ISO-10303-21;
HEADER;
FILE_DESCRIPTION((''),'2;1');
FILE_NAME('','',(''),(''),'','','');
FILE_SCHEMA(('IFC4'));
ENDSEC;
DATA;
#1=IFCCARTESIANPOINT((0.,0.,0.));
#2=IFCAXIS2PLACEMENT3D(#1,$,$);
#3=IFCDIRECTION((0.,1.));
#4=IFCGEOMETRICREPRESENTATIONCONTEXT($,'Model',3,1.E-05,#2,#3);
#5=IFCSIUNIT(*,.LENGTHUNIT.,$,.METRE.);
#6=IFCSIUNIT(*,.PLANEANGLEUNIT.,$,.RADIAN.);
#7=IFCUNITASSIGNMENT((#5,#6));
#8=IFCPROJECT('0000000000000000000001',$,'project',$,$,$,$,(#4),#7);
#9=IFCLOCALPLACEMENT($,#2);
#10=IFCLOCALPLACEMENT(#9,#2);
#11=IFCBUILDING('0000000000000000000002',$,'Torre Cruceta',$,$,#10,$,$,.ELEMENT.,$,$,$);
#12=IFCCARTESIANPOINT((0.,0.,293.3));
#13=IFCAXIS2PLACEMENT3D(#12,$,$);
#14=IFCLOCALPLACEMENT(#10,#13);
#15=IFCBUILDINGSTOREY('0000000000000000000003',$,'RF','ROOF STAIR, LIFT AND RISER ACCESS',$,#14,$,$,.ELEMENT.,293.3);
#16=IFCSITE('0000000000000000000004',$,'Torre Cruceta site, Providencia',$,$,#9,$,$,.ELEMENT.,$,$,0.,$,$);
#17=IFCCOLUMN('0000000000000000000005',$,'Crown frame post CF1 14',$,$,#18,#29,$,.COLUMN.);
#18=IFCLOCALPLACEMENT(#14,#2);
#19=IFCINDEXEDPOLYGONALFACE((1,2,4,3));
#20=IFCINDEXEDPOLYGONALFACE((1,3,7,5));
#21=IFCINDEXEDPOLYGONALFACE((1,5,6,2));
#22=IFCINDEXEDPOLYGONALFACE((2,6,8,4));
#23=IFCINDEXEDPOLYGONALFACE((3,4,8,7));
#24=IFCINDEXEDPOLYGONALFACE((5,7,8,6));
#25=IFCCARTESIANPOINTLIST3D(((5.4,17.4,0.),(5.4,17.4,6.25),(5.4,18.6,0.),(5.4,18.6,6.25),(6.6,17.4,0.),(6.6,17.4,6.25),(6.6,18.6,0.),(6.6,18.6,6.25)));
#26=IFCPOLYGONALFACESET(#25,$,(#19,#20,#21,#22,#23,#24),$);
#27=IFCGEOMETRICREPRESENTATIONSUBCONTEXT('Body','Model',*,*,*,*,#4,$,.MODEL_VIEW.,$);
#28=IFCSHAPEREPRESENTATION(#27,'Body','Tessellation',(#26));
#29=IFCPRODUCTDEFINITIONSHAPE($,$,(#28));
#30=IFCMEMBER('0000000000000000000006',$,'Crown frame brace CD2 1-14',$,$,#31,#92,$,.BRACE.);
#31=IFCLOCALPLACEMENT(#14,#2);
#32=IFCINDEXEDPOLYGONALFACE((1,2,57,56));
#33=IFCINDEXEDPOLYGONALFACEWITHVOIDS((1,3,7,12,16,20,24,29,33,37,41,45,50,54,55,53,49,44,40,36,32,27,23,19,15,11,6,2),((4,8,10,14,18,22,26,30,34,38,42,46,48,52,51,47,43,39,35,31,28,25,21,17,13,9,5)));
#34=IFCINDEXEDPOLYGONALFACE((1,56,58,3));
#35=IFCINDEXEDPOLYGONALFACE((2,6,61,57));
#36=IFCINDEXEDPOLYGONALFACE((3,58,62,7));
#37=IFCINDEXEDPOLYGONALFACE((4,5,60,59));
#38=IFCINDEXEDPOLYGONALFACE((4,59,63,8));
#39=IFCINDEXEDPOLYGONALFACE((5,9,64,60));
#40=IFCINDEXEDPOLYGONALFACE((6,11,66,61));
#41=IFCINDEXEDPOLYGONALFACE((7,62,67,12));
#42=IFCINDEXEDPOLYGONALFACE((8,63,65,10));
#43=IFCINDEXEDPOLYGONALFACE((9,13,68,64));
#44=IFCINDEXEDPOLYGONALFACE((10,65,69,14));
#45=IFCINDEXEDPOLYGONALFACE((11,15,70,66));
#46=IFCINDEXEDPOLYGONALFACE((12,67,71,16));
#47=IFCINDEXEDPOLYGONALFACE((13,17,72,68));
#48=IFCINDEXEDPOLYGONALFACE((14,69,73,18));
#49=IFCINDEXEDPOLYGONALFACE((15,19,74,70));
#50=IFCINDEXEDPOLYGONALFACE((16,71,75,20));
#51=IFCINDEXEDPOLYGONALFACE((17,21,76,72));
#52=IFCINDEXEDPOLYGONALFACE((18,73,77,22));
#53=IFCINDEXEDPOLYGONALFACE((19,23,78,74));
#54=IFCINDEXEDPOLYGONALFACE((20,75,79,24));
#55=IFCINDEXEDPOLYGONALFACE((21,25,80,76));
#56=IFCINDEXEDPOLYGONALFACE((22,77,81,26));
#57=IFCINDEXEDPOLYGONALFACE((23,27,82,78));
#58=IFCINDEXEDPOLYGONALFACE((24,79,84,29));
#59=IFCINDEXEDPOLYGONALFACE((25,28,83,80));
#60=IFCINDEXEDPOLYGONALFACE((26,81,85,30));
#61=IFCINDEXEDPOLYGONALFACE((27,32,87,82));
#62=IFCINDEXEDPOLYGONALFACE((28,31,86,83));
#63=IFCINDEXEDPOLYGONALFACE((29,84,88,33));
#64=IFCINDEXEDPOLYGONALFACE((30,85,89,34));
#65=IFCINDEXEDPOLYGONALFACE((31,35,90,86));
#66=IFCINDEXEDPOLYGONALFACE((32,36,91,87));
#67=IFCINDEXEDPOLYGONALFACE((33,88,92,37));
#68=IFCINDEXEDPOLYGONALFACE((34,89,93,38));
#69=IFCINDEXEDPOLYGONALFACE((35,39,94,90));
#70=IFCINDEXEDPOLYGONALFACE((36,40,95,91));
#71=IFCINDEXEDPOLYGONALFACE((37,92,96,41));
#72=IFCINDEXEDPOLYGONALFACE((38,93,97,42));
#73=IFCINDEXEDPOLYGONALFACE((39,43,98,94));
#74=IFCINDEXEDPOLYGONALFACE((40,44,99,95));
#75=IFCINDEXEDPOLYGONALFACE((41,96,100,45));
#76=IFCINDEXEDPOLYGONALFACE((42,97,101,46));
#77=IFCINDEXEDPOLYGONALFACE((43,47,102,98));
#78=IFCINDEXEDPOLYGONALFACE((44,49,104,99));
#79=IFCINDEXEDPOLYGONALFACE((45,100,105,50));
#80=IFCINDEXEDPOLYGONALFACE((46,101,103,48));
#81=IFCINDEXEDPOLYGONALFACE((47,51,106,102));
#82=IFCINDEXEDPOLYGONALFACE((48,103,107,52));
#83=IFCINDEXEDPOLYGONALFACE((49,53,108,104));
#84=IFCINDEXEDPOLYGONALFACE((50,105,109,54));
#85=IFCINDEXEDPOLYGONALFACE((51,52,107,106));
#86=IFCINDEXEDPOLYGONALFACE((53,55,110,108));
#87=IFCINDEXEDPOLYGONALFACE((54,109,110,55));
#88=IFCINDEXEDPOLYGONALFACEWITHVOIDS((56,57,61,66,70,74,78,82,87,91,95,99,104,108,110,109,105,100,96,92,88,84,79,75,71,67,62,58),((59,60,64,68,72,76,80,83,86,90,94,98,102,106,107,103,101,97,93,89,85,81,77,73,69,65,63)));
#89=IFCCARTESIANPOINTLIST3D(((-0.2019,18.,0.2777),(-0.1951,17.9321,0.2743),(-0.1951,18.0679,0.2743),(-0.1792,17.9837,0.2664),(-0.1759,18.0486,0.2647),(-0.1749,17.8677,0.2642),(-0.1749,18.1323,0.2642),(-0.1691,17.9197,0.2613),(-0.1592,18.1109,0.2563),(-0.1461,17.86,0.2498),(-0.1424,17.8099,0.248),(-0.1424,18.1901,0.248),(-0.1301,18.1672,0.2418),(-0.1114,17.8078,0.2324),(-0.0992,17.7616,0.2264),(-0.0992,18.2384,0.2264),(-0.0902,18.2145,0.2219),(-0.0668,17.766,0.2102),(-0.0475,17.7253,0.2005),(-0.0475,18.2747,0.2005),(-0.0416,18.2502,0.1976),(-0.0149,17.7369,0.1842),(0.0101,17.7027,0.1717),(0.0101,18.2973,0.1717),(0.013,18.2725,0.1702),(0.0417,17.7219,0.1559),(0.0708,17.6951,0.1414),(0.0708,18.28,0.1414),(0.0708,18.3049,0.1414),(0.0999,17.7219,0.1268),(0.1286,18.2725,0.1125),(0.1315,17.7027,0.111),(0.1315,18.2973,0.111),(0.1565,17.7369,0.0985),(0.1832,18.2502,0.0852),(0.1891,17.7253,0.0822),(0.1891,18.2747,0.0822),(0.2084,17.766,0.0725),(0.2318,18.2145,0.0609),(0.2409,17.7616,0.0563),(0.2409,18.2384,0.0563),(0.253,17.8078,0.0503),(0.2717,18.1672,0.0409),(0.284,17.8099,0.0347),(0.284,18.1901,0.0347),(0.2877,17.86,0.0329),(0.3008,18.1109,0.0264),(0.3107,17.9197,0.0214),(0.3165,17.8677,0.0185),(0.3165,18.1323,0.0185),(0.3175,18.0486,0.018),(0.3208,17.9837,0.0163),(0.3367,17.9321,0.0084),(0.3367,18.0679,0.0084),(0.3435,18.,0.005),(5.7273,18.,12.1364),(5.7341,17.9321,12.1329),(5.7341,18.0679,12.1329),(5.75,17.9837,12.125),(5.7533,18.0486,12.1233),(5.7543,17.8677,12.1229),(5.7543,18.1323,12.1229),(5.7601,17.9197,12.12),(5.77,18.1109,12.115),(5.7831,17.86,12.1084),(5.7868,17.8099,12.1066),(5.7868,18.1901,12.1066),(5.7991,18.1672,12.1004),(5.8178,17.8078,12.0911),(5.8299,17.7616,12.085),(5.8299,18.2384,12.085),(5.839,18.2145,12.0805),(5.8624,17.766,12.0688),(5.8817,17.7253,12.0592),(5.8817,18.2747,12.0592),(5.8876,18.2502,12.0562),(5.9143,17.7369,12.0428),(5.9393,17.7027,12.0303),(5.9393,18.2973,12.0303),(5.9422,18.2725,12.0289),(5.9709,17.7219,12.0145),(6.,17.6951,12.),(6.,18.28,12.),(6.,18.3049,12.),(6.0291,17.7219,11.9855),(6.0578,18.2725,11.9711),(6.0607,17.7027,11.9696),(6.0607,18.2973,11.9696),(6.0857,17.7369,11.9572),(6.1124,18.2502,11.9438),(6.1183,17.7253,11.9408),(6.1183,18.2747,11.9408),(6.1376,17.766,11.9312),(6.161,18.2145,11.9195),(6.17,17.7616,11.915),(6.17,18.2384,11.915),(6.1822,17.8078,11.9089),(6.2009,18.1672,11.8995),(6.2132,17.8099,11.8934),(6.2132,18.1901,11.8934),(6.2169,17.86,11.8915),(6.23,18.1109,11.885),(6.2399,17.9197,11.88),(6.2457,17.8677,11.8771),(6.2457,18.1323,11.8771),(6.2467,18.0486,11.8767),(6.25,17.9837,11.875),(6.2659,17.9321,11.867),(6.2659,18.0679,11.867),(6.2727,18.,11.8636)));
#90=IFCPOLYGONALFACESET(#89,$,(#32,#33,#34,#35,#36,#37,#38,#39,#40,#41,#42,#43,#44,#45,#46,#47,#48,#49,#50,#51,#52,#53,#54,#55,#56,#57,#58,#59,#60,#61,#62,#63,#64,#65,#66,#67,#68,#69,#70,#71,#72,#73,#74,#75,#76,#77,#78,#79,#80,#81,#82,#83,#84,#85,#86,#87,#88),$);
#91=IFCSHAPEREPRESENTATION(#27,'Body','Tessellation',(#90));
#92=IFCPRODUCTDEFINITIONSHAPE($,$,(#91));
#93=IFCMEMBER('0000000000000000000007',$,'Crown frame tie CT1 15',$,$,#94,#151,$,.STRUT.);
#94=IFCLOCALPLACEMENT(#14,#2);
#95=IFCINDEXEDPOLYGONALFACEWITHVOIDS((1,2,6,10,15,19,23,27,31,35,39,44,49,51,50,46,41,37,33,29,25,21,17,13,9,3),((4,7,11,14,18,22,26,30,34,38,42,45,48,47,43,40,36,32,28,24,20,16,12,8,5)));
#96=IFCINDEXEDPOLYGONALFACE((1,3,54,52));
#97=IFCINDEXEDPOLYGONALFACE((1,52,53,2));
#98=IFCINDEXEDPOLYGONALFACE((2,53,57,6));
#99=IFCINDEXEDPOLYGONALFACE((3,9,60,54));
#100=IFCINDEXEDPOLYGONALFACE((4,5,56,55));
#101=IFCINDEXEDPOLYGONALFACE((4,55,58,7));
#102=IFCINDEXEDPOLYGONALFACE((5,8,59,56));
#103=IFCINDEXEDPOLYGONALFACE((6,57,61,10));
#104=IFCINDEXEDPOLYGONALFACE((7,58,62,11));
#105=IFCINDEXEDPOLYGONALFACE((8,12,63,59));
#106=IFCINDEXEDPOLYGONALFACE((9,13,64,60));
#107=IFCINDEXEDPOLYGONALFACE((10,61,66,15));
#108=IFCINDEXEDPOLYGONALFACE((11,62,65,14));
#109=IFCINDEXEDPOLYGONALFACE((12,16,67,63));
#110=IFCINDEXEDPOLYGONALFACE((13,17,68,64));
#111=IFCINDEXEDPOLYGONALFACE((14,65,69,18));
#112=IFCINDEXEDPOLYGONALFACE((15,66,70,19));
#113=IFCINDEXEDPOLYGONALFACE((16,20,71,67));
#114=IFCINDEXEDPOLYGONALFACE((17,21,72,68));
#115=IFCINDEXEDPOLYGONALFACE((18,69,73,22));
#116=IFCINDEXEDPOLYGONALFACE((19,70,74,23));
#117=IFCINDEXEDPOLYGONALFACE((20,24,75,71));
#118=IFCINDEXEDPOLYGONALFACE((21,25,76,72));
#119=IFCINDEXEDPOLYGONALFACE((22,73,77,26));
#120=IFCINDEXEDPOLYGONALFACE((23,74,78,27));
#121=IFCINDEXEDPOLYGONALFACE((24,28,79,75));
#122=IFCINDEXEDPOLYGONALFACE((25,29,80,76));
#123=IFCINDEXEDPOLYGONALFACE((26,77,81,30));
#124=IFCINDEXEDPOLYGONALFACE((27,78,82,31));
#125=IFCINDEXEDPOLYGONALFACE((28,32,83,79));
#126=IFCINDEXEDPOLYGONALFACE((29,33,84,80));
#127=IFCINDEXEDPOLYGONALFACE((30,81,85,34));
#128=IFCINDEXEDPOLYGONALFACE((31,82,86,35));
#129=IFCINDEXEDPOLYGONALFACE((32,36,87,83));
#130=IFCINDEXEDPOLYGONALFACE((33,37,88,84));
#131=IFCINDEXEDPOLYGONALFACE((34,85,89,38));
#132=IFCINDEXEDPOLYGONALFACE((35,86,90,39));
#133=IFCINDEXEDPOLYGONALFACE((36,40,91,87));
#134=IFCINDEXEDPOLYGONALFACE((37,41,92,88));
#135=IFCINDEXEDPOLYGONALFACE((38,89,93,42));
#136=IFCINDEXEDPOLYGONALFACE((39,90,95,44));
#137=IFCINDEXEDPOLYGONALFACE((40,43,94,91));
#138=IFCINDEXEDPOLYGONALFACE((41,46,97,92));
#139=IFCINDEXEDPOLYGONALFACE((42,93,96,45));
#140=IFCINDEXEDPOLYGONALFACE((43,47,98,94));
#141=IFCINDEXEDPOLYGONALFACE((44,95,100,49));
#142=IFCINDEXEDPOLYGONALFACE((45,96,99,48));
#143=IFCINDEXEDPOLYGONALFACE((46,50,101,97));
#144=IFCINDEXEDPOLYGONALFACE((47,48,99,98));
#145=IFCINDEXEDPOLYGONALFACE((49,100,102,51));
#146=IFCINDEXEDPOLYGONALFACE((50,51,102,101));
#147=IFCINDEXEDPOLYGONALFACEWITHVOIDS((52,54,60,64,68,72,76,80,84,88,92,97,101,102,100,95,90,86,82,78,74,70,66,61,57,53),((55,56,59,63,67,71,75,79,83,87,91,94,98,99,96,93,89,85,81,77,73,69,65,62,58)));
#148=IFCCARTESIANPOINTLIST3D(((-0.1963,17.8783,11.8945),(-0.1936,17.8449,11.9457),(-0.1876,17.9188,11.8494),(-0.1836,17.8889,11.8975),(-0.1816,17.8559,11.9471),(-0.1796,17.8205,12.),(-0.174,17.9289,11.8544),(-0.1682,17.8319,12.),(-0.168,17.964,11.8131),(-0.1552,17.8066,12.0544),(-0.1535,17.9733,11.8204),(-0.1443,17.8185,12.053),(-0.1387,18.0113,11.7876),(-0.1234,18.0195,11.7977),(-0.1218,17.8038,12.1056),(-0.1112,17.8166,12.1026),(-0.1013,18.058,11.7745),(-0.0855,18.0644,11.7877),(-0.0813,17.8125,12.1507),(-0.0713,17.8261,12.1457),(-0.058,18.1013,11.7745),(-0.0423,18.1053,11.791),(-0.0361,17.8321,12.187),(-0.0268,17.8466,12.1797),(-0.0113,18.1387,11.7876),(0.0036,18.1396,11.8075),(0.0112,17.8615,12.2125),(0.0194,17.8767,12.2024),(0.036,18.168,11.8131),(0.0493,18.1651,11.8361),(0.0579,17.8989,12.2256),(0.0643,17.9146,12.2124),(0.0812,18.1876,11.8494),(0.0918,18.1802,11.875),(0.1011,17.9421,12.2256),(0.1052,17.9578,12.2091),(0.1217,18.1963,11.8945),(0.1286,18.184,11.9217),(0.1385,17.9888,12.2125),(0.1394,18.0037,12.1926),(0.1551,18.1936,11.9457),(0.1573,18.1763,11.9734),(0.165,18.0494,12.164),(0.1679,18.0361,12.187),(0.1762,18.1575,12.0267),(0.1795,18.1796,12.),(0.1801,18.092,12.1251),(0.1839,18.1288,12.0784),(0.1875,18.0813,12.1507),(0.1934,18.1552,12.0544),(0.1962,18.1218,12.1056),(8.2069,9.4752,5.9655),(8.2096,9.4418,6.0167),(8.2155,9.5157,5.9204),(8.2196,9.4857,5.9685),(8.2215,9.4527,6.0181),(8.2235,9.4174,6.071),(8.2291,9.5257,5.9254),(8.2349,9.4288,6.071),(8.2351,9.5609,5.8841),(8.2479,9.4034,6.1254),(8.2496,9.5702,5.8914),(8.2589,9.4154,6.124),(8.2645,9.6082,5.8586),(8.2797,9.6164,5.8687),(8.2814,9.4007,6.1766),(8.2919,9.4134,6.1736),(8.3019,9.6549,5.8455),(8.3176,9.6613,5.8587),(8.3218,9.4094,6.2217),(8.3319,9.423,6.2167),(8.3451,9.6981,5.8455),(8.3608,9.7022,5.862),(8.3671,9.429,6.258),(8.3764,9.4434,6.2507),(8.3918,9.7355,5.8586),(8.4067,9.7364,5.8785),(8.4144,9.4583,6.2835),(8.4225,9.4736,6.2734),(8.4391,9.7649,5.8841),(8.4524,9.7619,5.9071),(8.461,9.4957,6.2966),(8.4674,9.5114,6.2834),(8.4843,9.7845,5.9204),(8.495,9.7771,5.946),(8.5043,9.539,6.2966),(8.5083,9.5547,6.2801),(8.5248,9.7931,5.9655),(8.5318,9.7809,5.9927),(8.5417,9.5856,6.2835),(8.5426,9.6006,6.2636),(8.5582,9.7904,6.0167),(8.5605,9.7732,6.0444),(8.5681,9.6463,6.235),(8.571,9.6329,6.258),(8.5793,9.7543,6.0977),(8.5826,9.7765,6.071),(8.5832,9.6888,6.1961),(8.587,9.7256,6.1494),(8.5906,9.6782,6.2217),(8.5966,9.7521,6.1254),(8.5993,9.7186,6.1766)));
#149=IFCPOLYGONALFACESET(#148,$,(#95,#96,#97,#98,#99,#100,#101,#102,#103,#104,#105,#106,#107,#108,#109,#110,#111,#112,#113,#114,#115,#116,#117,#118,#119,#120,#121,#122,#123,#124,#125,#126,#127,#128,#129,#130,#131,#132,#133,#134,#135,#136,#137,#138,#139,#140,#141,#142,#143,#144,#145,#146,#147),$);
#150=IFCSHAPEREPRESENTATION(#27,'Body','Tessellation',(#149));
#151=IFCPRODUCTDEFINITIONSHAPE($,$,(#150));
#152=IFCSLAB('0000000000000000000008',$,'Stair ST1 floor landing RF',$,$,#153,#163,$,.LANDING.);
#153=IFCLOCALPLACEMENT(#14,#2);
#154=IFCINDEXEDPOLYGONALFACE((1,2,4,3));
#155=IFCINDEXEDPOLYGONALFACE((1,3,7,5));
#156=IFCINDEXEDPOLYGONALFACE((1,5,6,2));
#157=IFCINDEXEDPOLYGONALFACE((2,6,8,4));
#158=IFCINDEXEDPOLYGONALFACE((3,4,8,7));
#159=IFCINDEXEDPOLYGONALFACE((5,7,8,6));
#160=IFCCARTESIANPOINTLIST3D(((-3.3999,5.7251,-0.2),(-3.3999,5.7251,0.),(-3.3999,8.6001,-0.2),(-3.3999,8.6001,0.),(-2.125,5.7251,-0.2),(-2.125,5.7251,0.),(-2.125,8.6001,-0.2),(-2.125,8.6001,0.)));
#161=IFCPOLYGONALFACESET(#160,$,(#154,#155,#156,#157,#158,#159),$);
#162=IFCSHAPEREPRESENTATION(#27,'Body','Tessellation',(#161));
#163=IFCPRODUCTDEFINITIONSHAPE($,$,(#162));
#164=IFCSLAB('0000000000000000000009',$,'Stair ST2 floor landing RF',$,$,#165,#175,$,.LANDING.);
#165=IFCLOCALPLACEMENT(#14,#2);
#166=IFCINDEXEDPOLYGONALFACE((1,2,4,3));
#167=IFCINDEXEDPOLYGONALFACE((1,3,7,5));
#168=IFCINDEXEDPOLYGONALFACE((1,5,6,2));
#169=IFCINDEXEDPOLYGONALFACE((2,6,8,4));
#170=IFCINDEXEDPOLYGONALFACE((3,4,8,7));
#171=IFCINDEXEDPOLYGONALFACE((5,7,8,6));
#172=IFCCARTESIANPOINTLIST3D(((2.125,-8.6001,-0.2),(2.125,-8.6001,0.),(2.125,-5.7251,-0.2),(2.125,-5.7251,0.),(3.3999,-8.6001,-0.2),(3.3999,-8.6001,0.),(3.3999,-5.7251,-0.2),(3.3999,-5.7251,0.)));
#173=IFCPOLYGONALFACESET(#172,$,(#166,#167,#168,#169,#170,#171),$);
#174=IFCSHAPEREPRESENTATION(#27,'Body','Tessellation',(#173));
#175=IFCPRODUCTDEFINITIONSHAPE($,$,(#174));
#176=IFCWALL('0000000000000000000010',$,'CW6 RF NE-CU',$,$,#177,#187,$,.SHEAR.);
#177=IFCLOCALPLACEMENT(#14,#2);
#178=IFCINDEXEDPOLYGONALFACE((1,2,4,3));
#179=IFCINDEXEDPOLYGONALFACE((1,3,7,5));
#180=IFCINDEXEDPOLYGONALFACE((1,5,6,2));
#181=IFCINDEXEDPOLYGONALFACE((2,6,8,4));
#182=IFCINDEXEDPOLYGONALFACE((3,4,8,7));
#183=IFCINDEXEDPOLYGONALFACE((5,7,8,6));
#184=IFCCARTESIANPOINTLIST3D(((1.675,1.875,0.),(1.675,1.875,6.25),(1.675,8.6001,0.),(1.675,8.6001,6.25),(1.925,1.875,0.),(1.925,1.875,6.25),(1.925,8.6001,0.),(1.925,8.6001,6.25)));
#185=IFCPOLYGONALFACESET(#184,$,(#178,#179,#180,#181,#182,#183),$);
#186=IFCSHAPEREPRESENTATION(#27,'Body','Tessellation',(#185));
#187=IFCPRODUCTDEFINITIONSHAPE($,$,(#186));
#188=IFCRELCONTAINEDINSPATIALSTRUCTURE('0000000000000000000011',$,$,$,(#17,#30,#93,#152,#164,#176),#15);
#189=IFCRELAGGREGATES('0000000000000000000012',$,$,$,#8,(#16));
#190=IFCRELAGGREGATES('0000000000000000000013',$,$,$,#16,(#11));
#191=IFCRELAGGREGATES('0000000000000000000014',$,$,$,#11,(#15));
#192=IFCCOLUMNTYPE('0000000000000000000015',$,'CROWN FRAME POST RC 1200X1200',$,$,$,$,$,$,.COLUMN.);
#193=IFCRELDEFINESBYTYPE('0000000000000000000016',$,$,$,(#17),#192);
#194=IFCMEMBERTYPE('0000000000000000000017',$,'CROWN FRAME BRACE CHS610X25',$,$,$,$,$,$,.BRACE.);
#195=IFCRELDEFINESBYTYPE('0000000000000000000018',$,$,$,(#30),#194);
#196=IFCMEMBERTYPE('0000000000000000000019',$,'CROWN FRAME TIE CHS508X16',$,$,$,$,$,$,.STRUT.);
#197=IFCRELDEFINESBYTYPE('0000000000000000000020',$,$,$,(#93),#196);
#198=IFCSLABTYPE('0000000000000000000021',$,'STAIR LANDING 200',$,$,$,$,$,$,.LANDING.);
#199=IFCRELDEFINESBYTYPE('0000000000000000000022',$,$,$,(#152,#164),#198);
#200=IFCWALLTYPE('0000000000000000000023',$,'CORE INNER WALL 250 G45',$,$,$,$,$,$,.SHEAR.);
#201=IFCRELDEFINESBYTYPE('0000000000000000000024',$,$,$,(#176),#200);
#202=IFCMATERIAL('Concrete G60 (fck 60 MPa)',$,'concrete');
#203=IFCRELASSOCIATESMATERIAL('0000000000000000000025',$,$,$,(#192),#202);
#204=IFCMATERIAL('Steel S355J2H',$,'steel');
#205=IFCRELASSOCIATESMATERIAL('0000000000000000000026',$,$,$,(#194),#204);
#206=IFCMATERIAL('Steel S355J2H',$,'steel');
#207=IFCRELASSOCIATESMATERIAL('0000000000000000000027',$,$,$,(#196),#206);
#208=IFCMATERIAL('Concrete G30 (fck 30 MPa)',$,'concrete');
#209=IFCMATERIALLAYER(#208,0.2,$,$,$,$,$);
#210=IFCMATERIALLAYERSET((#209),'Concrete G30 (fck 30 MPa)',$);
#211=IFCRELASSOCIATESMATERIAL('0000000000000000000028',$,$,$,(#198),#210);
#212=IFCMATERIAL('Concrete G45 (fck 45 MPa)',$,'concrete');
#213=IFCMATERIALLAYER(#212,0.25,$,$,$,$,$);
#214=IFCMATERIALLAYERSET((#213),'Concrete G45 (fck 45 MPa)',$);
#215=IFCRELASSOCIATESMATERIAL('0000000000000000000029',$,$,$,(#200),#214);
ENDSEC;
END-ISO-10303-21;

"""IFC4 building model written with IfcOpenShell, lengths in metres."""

from ifc_helpers import new_model, si_unit, direction, frame, frame_2d, origin, origin_2d, place, context, subcontext, project, spatial, polyline, rectangle, hollow_circle, outline, extrude, material, layer, layer_set, material_profile, profile_set, type_object, element, save


model = new_model("IFC4")

# Units and contexts
model_context = context("Model", 3, precision=1e-05, world=origin(), true_north=direction((0.0, 1.0)))
body_context = subcontext(model_context, "Body", "Model", "MODEL_VIEW")
ifc_project = project(units=[si_unit("LENGTHUNIT", "METRE"), si_unit("PLANEANGLEUNIT", "RADIAN")], contexts=[model_context])

# Site, building, storey
site_placement = place(None, origin())
site = spatial("IfcSite", under=ifc_project, at=site_placement, Name="Torre Cruceta site, Providencia", CompositionType="ELEMENT", RefElevation=0.0)
building_placement = place(site_placement, origin())
building = spatial("IfcBuilding", under=site, at=building_placement, Name="Torre Cruceta", CompositionType="ELEMENT")
storey_placement = place(building_placement, frame((0.0, 0.0, 293.3)))
storey = spatial("IfcBuildingStorey", under=building, at=storey_placement, Name="RF", Description="ROOF STAIR, LIFT AND RISER ACCESS", CompositionType="ELEMENT", Elevation=293.3)

# Column
ifc_material_1 = material(Name="Concrete G60 (fck 60 MPa)", Category="concrete")
ifc_material_profile_1 = material_profile(ifc_material_1, rectangle(XDim=1.2, YDim=1.2, at=origin_2d()), Name="RC 1200X1200")
ifc_profile_set_1 = profile_set([ifc_material_profile_1], Name="Concrete G60 (fck 60 MPa)")
column_type = type_object("IfcColumnType", Name="CROWN FRAME POST RC 1200X1200", PredefinedType="COLUMN", material=ifc_profile_set_1)
column_placement = place(storey_placement, frame((6.0, 18.0, 0.0), z_axis=(0.0, 0.0, 1.0), x_axis=(1.0, 0.0, 0.0)))
element("IfcColumn", 1, at=column_placement, inside=storey, type_object=column_type, Name="Crown frame post CF1 14", PredefinedType="COLUMN", context=body_context, shape_type="SweptSolid", body=[
    extrude(rectangle(XDim=1.2, YDim=1.2, at=origin_2d()), origin(), (0.0, 0.0, 1.0), 6.25),
])

# Members
ifc_material_2 = material(Name="Steel S355J2H", Category="steel")
ifc_material_profile_2 = material_profile(ifc_material_2, hollow_circle(Radius=0.3049, WallThickness=0.0249, at=origin_2d()), Name="CHS610X25")
ifc_profile_set_2 = profile_set([ifc_material_profile_2], Name="Steel S355J2H")
member_type_1 = type_object("IfcMemberType", Name="CROWN FRAME BRACE CHS610X25", PredefinedType="BRACE", material=ifc_profile_set_2)
member_1_placement = place(storey_placement, frame((0.0708, 18.0, 0.1414), z_axis=(0.447206, 0.0, 0.894431), x_axis=(0.0, 1.0, 0.0)))
element("IfcMember", 2, at=member_1_placement, inside=storey, type_object=member_type_1, Name="Crown frame brace CD2 1-14", PredefinedType="BRACE", context=body_context, shape_type="SweptSolid", body=[
    extrude(hollow_circle(Radius=0.3049, WallThickness=0.0249, at=origin_2d()), origin(), (0.0, 0.0, 1.0), 13.2583),
])
ifc_material_3 = material(Name="Steel S355J2H", Category="steel")
ifc_material_profile_3 = material_profile(ifc_material_3, hollow_circle(Radius=0.2539, WallThickness=0.0161, at=origin_2d()), Name="CHS508X16")
ifc_profile_set_3 = profile_set([ifc_material_profile_3], Name="Steel S355J2H")
member_type_2 = type_object("IfcMemberType", Name="CROWN FRAME TIE CHS508X16", PredefinedType="STRUT", material=ifc_profile_set_3)
member_2_placement = place(storey_placement, frame((8.4031, 9.5969, 6.071), z_axis=(-0.63273, 0.63273, 0.446435), x_axis=(-0.707107, -0.707107, 0.0)))
element("IfcMember", 3, at=member_2_placement, inside=storey, type_object=member_type_2, Name="Crown frame tie CT1 15", PredefinedType="STRUT", context=body_context, shape_type="SweptSolid", body=[
    extrude(hollow_circle(Radius=0.2539, WallThickness=0.0161, at=origin_2d()), origin(), (0.0, 0.0, 1.0), 13.2808),
])

# Slabs
ifc_material_4 = material(Name="Concrete G30 (fck 30 MPa)", Category="concrete")
ifc_layer_1 = layer(ifc_material_4, 0.2)
ifc_layer_set_1 = layer_set([ifc_layer_1], Name="Concrete G30 (fck 30 MPa)")
slab_type = type_object("IfcSlabType", Name="STAIR LANDING 200", PredefinedType="LANDING", material=ifc_layer_set_1)
slab_1_placement = place(storey_placement, frame((0.0, 0.0, -0.2)))
element("IfcSlab", 4, at=slab_1_placement, inside=storey, type_object=slab_type, Name="Stair ST1 floor landing RF", PredefinedType="LANDING", context=body_context, shape_type="SweptSolid", body=[
    extrude(outline(polyline([(-2.125, 8.6001), (-2.125, 5.7251), (-3.3999, 5.7251), (-3.3999, 8.6001), (-2.125, 8.6001)])), origin(), (0.0, 0.0, 1.0), 0.2),
])
slab_2_placement = place(storey_placement, frame((0.0, 0.0, -0.2)))
element("IfcSlab", 5, at=slab_2_placement, inside=storey, type_object=slab_type, Name="Stair ST2 floor landing RF", PredefinedType="LANDING", context=body_context, shape_type="SweptSolid", body=[
    extrude(outline(polyline([(2.125, -8.6001), (2.125, -5.7251), (3.3999, -5.7251), (3.3999, -8.6001), (2.125, -8.6001)])), origin(), (0.0, 0.0, 1.0), 0.2),
])

# Wall
ifc_material_5 = material(Name="Concrete G45 (fck 45 MPa)", Category="concrete")
ifc_layer_2 = layer(ifc_material_5, 0.25)
ifc_layer_set_2 = layer_set([ifc_layer_2], Name="Concrete G45 (fck 45 MPa)")
wall_type_1 = type_object("IfcWallType", Name="CORE INNER WALL 250 G45", PredefinedType="SHEAR", material=ifc_layer_set_2)
wall_1_placement = place(storey_placement, frame((1.8, 1.875, 0.0), z_axis=(0.0, 0.0, 1.0), x_axis=(0.0, 1.0, 0.0)))
element("IfcWall", 6, at=wall_1_placement, inside=storey, type_object=wall_type_1, Name="CW6 RF NE-CU", PredefinedType="SHEAR", context=body_context, shape_type="SweptSolid", body=[
    extrude(rectangle(XDim=6.7251, YDim=0.25, at=frame_2d((3.3625, 0.0))), origin(), (0.0, 0.0, 1.0), 6.25),
])

save(model, "model.ifc")
